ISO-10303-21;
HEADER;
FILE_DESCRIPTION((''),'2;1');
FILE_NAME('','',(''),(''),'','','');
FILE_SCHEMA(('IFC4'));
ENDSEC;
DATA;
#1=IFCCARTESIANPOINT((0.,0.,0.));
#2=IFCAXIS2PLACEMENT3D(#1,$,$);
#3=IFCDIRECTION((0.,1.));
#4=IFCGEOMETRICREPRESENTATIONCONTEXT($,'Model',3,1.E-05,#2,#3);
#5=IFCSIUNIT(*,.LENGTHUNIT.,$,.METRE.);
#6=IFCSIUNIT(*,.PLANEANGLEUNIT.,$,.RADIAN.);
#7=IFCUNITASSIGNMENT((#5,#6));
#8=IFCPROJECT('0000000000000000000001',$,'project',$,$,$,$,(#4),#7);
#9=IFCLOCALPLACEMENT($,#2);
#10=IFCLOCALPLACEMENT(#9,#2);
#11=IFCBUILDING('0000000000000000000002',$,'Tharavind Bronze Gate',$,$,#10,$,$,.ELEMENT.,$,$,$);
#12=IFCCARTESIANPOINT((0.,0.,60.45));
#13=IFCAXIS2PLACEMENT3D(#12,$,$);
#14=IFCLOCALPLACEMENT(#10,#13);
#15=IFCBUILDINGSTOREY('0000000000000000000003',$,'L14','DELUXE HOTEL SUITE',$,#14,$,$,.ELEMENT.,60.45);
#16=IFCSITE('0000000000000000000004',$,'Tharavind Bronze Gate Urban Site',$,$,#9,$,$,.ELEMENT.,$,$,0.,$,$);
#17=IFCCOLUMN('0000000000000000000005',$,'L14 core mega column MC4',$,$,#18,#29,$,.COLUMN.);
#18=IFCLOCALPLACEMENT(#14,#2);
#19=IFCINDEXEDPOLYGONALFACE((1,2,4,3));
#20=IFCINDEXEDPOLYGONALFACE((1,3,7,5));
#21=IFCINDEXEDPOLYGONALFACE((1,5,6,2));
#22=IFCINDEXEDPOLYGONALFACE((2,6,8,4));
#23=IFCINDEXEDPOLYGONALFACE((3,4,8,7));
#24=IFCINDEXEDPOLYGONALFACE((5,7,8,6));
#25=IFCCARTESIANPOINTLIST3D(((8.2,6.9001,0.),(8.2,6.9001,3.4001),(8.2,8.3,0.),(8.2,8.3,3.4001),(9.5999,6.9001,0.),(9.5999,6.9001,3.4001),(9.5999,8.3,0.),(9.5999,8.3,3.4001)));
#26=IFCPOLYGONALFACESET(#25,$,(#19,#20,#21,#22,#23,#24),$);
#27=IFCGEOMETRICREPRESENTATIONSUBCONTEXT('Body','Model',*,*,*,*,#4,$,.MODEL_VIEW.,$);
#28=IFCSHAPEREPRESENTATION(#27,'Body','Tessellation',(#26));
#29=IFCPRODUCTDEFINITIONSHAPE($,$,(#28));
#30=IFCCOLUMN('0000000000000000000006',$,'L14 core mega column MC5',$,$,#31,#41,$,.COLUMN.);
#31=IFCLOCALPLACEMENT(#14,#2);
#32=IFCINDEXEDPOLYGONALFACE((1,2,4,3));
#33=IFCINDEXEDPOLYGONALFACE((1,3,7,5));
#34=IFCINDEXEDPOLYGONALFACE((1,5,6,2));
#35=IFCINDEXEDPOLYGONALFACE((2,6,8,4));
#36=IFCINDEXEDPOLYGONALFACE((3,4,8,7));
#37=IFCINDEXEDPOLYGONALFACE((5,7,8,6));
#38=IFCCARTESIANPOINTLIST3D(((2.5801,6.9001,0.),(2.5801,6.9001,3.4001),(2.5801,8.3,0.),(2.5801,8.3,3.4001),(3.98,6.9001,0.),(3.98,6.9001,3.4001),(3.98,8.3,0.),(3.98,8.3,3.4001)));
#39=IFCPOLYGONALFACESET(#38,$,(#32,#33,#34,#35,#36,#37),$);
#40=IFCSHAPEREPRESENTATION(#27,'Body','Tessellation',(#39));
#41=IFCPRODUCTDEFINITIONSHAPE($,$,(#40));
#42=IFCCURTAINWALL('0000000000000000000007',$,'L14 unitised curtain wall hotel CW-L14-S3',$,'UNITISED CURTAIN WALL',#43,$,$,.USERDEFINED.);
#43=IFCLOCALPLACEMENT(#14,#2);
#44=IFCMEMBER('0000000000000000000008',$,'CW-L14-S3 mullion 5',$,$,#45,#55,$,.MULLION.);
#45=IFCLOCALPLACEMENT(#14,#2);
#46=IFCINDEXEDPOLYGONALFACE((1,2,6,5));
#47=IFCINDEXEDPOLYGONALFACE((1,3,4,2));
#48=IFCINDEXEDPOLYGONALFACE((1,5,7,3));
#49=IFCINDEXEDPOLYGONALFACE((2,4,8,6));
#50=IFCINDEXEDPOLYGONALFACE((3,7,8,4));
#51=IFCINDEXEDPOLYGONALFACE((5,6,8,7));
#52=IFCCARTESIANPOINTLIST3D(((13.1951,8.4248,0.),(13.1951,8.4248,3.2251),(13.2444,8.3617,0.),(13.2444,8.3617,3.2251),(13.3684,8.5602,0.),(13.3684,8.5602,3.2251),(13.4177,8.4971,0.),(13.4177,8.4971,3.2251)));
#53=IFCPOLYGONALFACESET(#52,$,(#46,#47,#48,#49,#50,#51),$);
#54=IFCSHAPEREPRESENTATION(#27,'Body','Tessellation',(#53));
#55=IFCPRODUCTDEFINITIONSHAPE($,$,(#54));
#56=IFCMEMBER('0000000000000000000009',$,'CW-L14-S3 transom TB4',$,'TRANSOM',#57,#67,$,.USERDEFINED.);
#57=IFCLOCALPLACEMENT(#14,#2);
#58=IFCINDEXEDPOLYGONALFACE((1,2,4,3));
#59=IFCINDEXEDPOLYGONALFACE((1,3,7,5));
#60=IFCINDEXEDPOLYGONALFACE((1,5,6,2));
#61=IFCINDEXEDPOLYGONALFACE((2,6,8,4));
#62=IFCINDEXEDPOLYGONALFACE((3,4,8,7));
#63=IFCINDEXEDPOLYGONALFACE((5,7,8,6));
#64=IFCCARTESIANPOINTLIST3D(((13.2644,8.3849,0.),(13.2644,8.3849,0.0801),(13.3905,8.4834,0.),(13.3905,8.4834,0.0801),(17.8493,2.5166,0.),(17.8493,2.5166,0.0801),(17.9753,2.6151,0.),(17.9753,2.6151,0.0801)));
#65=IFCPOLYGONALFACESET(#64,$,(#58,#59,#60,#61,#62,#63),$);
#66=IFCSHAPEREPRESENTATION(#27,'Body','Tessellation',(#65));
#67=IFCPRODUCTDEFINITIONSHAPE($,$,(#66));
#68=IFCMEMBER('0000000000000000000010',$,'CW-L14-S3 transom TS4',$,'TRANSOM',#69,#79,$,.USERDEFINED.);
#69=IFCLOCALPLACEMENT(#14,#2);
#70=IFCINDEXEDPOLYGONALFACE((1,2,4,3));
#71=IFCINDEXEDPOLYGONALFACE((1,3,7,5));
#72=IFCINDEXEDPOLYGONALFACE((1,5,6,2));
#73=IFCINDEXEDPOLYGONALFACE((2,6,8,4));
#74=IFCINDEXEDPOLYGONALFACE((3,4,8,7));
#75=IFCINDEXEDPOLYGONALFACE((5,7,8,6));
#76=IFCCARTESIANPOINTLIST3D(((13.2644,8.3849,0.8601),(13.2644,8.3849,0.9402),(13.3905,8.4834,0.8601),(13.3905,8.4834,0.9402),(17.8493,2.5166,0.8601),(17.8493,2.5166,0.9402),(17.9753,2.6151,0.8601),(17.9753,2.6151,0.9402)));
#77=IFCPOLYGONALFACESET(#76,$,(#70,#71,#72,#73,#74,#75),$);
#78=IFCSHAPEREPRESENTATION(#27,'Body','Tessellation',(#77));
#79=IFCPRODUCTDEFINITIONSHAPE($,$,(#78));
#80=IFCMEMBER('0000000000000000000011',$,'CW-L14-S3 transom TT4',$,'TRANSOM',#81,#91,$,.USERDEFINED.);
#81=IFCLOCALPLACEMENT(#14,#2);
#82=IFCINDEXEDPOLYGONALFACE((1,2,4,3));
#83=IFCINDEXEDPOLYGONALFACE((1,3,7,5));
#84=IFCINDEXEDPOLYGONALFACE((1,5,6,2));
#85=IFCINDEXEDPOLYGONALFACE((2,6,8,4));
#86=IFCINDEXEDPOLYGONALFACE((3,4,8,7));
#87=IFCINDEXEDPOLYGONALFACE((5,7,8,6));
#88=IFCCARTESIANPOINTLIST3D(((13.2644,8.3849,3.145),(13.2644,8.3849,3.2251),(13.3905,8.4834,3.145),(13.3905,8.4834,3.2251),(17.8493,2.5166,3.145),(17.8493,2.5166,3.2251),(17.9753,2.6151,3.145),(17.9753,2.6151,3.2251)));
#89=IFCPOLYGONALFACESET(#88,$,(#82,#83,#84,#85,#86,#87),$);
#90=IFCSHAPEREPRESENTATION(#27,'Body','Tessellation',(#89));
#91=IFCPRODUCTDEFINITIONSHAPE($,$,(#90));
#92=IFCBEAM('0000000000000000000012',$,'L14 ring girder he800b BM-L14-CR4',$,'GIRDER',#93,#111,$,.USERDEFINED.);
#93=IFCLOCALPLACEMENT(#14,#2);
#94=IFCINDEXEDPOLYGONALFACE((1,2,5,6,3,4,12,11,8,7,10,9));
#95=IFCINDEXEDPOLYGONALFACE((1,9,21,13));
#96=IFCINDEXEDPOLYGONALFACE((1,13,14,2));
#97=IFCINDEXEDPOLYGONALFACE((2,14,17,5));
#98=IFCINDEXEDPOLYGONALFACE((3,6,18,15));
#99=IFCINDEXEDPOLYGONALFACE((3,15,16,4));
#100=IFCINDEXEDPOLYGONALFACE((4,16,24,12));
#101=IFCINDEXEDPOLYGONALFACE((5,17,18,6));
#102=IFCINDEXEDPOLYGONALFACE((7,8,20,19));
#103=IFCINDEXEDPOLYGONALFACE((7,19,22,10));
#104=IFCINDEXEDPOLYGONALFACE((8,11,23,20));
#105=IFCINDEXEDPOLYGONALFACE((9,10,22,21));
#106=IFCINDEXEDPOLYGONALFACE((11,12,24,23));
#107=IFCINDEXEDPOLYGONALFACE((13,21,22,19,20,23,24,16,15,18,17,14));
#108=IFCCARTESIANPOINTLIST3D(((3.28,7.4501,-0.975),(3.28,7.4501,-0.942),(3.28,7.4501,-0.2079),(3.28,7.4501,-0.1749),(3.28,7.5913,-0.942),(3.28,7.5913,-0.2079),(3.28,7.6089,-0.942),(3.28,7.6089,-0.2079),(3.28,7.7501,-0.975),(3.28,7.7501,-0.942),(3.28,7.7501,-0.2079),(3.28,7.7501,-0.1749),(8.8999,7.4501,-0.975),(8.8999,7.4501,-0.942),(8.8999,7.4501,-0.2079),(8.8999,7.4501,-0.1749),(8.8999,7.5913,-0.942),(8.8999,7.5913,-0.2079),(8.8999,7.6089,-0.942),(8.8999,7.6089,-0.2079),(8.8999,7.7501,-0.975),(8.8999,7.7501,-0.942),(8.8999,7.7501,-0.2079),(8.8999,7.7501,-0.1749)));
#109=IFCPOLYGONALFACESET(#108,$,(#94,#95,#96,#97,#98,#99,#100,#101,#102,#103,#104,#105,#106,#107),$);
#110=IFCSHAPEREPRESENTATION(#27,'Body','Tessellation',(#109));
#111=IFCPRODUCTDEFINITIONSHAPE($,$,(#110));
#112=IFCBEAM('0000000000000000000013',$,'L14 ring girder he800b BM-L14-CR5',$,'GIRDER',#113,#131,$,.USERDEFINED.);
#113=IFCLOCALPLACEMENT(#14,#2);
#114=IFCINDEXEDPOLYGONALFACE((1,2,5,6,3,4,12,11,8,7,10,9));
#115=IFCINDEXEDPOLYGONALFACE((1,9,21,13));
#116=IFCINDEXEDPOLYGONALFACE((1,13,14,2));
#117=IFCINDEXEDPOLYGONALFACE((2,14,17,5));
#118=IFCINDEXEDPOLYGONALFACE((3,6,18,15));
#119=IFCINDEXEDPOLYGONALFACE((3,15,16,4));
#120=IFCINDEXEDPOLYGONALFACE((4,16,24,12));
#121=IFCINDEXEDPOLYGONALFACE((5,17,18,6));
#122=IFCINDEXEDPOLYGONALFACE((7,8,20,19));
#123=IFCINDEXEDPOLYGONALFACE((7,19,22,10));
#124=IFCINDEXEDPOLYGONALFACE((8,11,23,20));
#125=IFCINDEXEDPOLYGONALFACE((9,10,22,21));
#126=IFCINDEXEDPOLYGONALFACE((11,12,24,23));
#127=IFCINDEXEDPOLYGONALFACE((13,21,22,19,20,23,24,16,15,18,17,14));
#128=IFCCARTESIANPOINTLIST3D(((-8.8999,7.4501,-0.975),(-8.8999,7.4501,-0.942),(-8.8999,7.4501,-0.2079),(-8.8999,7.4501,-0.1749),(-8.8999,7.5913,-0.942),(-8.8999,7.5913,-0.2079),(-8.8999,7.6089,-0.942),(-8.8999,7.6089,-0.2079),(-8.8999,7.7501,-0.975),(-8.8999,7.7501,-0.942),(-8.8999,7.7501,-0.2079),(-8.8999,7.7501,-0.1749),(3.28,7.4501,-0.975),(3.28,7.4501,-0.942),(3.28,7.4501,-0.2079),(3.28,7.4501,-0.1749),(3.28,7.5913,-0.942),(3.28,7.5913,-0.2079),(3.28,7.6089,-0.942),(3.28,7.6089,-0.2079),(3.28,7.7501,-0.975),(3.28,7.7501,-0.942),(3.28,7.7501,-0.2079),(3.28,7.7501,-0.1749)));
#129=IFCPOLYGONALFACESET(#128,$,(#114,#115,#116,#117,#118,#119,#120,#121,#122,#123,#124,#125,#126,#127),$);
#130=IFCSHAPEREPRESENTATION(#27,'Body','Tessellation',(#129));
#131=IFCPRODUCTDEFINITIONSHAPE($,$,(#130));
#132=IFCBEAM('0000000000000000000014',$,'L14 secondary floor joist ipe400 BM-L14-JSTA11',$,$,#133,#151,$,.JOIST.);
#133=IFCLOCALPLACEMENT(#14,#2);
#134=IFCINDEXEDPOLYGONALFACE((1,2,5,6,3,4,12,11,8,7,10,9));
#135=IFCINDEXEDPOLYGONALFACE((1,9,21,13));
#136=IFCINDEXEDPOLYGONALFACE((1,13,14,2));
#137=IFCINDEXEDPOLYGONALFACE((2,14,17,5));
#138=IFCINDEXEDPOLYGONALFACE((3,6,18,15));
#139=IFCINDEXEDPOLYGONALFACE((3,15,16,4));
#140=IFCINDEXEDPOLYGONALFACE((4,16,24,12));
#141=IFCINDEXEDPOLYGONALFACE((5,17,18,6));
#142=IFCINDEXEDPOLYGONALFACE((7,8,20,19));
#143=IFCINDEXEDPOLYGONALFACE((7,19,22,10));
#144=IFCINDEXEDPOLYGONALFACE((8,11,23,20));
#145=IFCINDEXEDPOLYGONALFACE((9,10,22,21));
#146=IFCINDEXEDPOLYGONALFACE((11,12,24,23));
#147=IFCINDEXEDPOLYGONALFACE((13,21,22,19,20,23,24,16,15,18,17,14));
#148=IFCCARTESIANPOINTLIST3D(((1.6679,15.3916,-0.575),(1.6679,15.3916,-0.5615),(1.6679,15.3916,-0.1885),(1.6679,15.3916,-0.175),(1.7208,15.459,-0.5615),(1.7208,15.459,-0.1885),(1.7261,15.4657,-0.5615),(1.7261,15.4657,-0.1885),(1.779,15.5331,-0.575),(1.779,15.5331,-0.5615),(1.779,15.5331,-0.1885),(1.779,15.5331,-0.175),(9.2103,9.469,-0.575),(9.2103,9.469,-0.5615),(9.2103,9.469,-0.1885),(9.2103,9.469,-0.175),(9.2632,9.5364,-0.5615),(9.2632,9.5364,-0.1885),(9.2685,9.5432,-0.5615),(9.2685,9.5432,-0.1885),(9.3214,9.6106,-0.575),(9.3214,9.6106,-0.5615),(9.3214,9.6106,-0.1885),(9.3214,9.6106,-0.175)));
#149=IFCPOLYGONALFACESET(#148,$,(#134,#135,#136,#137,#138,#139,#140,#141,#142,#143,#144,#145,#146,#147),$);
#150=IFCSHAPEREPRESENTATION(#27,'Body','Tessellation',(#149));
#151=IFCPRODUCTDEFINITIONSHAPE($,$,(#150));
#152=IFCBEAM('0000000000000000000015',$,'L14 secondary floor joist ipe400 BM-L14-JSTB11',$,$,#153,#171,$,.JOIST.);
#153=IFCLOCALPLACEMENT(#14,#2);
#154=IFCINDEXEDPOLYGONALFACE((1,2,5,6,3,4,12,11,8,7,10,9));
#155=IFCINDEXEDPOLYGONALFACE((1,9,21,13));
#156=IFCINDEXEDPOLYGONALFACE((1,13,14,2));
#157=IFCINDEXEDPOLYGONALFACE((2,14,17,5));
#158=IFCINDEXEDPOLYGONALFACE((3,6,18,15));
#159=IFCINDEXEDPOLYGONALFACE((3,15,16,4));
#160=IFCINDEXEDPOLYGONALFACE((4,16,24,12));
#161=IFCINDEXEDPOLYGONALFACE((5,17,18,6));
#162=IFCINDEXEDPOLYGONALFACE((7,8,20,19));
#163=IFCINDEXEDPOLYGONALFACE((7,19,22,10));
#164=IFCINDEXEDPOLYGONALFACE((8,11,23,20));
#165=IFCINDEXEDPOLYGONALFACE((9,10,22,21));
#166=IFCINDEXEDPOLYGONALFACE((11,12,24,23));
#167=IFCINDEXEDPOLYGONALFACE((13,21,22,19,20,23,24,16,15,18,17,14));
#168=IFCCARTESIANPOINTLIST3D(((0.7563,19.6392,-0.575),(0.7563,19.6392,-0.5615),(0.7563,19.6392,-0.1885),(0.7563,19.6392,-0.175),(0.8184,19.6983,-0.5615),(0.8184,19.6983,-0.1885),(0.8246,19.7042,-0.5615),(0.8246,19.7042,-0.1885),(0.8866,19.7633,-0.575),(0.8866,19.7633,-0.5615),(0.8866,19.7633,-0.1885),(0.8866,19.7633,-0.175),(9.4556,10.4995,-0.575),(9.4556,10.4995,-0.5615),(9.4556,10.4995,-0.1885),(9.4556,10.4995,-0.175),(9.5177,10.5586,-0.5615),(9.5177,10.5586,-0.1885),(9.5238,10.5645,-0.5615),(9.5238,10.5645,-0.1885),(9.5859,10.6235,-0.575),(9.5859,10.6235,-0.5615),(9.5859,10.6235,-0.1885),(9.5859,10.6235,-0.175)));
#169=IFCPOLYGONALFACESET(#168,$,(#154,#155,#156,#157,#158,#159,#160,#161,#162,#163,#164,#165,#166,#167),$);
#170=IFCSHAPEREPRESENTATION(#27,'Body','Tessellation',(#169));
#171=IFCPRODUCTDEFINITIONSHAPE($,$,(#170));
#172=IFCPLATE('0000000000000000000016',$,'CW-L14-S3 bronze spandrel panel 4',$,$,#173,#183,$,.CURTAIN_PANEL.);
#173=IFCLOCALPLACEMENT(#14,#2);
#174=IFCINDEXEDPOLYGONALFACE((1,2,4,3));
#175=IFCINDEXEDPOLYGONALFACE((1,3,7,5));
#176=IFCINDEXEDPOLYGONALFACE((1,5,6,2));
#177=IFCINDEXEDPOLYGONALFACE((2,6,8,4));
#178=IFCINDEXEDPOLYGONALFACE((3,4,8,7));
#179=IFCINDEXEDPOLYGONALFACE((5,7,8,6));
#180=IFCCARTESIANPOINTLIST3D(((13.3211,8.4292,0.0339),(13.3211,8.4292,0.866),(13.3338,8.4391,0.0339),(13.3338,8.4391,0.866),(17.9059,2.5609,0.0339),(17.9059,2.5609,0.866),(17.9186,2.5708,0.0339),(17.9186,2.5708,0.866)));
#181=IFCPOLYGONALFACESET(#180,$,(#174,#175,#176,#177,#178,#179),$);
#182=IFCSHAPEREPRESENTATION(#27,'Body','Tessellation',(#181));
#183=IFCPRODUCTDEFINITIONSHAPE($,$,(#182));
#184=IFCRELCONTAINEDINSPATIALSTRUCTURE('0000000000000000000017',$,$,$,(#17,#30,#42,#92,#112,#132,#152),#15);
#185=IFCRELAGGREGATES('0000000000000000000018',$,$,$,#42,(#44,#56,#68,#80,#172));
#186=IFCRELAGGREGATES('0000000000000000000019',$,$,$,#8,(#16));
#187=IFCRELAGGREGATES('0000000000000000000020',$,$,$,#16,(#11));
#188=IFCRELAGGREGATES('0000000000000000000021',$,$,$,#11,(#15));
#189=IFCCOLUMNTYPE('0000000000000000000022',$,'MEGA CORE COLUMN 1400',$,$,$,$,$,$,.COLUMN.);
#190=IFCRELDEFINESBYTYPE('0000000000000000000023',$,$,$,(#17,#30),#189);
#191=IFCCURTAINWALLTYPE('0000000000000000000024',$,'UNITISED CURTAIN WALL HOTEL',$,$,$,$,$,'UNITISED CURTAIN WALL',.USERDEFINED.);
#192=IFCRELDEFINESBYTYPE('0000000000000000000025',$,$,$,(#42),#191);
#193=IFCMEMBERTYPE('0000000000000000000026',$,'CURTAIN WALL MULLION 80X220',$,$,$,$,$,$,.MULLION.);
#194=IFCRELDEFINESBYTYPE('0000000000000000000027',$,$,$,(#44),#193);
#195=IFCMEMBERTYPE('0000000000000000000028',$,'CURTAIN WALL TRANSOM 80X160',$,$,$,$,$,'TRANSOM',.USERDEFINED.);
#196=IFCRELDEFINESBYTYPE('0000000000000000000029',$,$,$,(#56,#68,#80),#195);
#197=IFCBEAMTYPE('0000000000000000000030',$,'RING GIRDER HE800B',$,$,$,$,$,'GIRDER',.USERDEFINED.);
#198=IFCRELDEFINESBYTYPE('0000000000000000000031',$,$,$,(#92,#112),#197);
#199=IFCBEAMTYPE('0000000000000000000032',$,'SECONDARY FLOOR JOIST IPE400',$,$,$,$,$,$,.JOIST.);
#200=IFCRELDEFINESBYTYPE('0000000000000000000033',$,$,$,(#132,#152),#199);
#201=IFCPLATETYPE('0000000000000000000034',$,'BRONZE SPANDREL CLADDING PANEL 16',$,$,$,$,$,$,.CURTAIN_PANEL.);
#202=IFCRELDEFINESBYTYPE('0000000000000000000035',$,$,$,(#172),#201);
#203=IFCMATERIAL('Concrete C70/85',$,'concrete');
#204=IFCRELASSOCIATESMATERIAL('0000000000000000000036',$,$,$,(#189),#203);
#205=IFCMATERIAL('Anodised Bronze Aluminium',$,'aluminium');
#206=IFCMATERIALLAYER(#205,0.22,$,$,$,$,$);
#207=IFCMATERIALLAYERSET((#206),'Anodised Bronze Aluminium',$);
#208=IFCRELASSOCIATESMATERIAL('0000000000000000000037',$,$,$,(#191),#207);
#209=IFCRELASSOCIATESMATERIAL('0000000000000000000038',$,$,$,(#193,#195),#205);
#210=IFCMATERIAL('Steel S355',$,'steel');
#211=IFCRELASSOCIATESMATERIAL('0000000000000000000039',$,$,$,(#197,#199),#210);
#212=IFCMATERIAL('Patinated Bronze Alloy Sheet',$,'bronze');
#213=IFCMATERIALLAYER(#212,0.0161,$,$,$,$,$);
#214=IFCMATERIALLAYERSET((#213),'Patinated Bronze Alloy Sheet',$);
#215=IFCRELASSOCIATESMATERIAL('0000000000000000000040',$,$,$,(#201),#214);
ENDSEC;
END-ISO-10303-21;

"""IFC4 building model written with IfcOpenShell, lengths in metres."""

from ifc_helpers import new_model, si_unit, direction, frame, origin, origin_2d, place, context, subcontext, project, spatial, rectangle, i_section, extrude, material, layer, layer_set, material_profile, profile_set, type_object, element, aggregate, save


model = new_model("IFC4")

# Units and contexts
model_context = context("Model", 3, precision=1e-05, world=origin(), true_north=direction((0.0, 1.0)))
body_context = subcontext(model_context, "Body", "Model", "MODEL_VIEW")
ifc_project = project(units=[si_unit("LENGTHUNIT", "METRE"), si_unit("PLANEANGLEUNIT", "RADIAN")], contexts=[model_context])

# Site, building, storey
site_placement = place(None, origin())
site = spatial("IfcSite", under=ifc_project, at=site_placement, Name="Tharavind Bronze Gate Urban Site", CompositionType="ELEMENT", RefElevation=0.0)
building_placement = place(site_placement, origin())
building = spatial("IfcBuilding", under=site, at=building_placement, Name="Tharavind Bronze Gate", CompositionType="ELEMENT")
storey_placement = place(building_placement, frame((0.0, 0.0, 60.45)))
storey = spatial("IfcBuildingStorey", under=building, at=storey_placement, Name="L14", Description="DELUXE HOTEL SUITE", CompositionType="ELEMENT", Elevation=60.45)

# Columns
ifc_material_1 = material(Name="Concrete C70/85", Category="concrete")
ifc_material_profile_1 = material_profile(ifc_material_1, rectangle(XDim=1.3999, YDim=1.3999, at=origin_2d()), Name="RCCOL1400")
ifc_profile_set_1 = profile_set([ifc_material_profile_1], Name="Concrete C70/85")
column_type = type_object("IfcColumnType", Name="MEGA CORE COLUMN 1400", PredefinedType="COLUMN", material=ifc_profile_set_1)
for number, where, z_axis, x_axis, name in (
    (1, (8.8999, 7.6001, 0.0), (0.0, 0.0, 1.0), (1.0, 0.0, 0.0), "L14 core mega column MC4"),
    (2, (3.28, 7.6001, 0.0), (0.0, 0.0, 1.0), (1.0, 0.0, 0.0), "L14 core mega column MC5"),
):
    element("IfcColumn", number, at=place(storey_placement, frame(where, z_axis=z_axis, x_axis=x_axis)), inside=storey, type_object=column_type, Name=name, PredefinedType="COLUMN", context=body_context, shape_type="SweptSolid", body=[
        extrude(rectangle(XDim=1.3999, YDim=1.3999, at=origin_2d()), origin(), (0.0, 0.0, 1.0), 3.4001),
    ])

# Curtain wall, members
ifc_material_2 = material(Name="Anodised Bronze Aluminium", Category="aluminium")
ifc_layer_1 = layer(ifc_material_2, 0.22)
ifc_layer_set_1 = layer_set([ifc_layer_1], Name="Anodised Bronze Aluminium")
curtain_wall_type = type_object("IfcCurtainWallType", Name="UNITISED CURTAIN WALL HOTEL", ElementType="UNITISED CURTAIN WALL", PredefinedType="USERDEFINED", material=ifc_layer_set_1)
curtain_wall_placement = place(storey_placement, origin())
curtain_wall = element("IfcCurtainWall", 3, at=curtain_wall_placement, inside=storey, type_object=curtain_wall_type, Name="L14 unitised curtain wall hotel CW-L14-S3", ObjectType="UNITISED CURTAIN WALL", PredefinedType="USERDEFINED")
member_type_1 = type_object("IfcMemberType", Name="CURTAIN WALL MULLION 80X220", PredefinedType="MULLION", material=ifc_material_2)
member_1_placement = place(storey_placement, frame((13.3064, 8.4609, 0.0), z_axis=(0.0, 0.0, 1.0), x_axis=(-0.615661, 0.788011, 0.0)))
member_1 = element("IfcMember", 4, at=member_1_placement, type_object=member_type_1, Name="CW-L14-S3 mullion 5", PredefinedType="MULLION", context=body_context, shape_type="SweptSolid", body=[
    extrude(rectangle(XDim=0.0801, YDim=0.22, at=origin_2d()), origin(), (0.0, 0.0, 1.0), 3.2251),
])
member_type_2 = type_object("IfcMemberType", Name="CURTAIN WALL TRANSOM 80X160", ElementType="TRANSOM", PredefinedType="USERDEFINED", material=ifc_material_2)
member_2_placement = place(storey_placement, frame((15.6199, 5.5, 0.0), z_axis=(0.0, 0.0, 1.0), x_axis=(-0.615661, 0.788011, 0.0)))
member_2 = element("IfcMember", 5, at=member_2_placement, type_object=member_type_2, Name="CW-L14-S3 transom TB4", ObjectType="TRANSOM", PredefinedType="USERDEFINED", context=body_context, shape_type="SweptSolid", body=[
    extrude(rectangle(XDim=7.447, YDim=0.1599, at=origin_2d()), origin(), (0.0, 0.0, 1.0), 0.0801),
])
member_3_placement = place(storey_placement, frame((15.6199, 5.5, 0.8601), z_axis=(0.0, 0.0, 1.0), x_axis=(-0.615661, 0.788011, 0.0)))
member_3 = element("IfcMember", 6, at=member_3_placement, type_object=member_type_2, Name="CW-L14-S3 transom TS4", ObjectType="TRANSOM", PredefinedType="USERDEFINED", context=body_context, shape_type="SweptSolid", body=[
    extrude(rectangle(XDim=7.447, YDim=0.1599, at=origin_2d()), origin(), (0.0, 0.0, 1.0), 0.0801),
])
member_4_placement = place(storey_placement, frame((15.6199, 5.5, 3.145), z_axis=(0.0, 0.0, 1.0), x_axis=(-0.615661, 0.788011, 0.0)))
member_4 = element("IfcMember", 7, at=member_4_placement, type_object=member_type_2, Name="CW-L14-S3 transom TT4", ObjectType="TRANSOM", PredefinedType="USERDEFINED", context=body_context, shape_type="SweptSolid", body=[
    extrude(rectangle(XDim=7.447, YDim=0.1599, at=origin_2d()), origin(), (0.0, 0.0, 1.0), 0.0801),
])

# Beams
ifc_material_3 = material(Name="Steel S355", Category="steel")
ifc_material_profile_2 = material_profile(ifc_material_3, i_section(OverallWidth=0.3, OverallDepth=0.8, WebThickness=0.0176, FlangeThickness=0.033, at=origin_2d()), Name="HE800B")
ifc_profile_set_2 = profile_set([ifc_material_profile_2], Name="Steel S355")
beam_type_1 = type_object("IfcBeamType", Name="RING GIRDER HE800B", ElementType="GIRDER", PredefinedType="USERDEFINED", material=ifc_profile_set_2)
beam_1_placement = place(storey_placement, frame((8.8999, 7.6001, -0.575), z_axis=(-1.0, 0.0, 0.0), x_axis=(0.0, -1.0, 0.0)))
element("IfcBeam", 8, at=beam_1_placement, inside=storey, type_object=beam_type_1, Name="L14 ring girder he800b BM-L14-CR4", ObjectType="GIRDER", PredefinedType="USERDEFINED", context=body_context, shape_type="SweptSolid", body=[
    extrude(i_section(OverallWidth=0.3, OverallDepth=0.8, WebThickness=0.0176, FlangeThickness=0.033, at=origin_2d()), origin(), (0.0, 0.0, 1.0), 5.6199),
])
beam_2_placement = place(storey_placement, frame((3.28, 7.6001, -0.575), z_axis=(-1.0, 0.0, 0.0), x_axis=(0.0, -1.0, 0.0)))
element("IfcBeam", 9, at=beam_2_placement, inside=storey, type_object=beam_type_1, Name="L14 ring girder he800b BM-L14-CR5", ObjectType="GIRDER", PredefinedType="USERDEFINED", context=body_context, shape_type="SweptSolid", body=[
    extrude(i_section(OverallWidth=0.3, OverallDepth=0.8, WebThickness=0.0176, FlangeThickness=0.033, at=origin_2d()), origin(), (0.0, 0.0, 1.0), 12.1799),
])
ifc_material_profile_3 = material_profile(ifc_material_3, i_section(OverallWidth=0.1799, OverallDepth=0.3999, WebThickness=0.0085, FlangeThickness=0.0134, at=origin_2d()), Name="IPE400")
ifc_profile_set_3 = profile_set([ifc_material_profile_3], Name="Steel S355")
beam_type_2 = type_object("IfcBeamType", Name="SECONDARY FLOOR JOIST IPE400", PredefinedType="JOIST", material=ifc_profile_set_3)
beam_3_placement = place(storey_placement, frame((9.2659, 9.5398, -0.375), z_axis=(-0.786502, 0.617588, 0.0), x_axis=(-0.617588, -0.786502, 0.0)))
element("IfcBeam", 10, at=beam_3_placement, inside=storey, type_object=beam_type_2, Name="L14 secondary floor joist ipe400 BM-L14-JSTA11", PredefinedType="JOIST", context=body_context, shape_type="SweptSolid", body=[
    extrude(i_section(OverallWidth=0.1799, OverallDepth=0.3999, WebThickness=0.0085, FlangeThickness=0.0134, at=origin_2d()), origin(), (0.0, 0.0, 1.0), 9.5898),
])
beam_4_placement = place(storey_placement, frame((9.5208, 10.5615, -0.375), z_axis=(-0.689439, 0.724344, 0.0), x_axis=(-0.724344, -0.689439, 0.0)))
element("IfcBeam", 11, at=beam_4_placement, inside=storey, type_object=beam_type_2, Name="L14 secondary floor joist ipe400 BM-L14-JSTB11", PredefinedType="JOIST", context=body_context, shape_type="SweptSolid", body=[
    extrude(i_section(OverallWidth=0.1799, OverallDepth=0.3999, WebThickness=0.0085, FlangeThickness=0.0134, at=origin_2d()), origin(), (0.0, 0.0, 1.0), 12.6179),
])

# Plate
ifc_material_4 = material(Name="Patinated Bronze Alloy Sheet", Category="bronze")
ifc_layer_2 = layer(ifc_material_4, 0.0161)
ifc_layer_set_2 = layer_set([ifc_layer_2], Name="Patinated Bronze Alloy Sheet")
plate_type_1 = type_object("IfcPlateType", Name="BRONZE SPANDREL CLADDING PANEL 16", PredefinedType="CURTAIN_PANEL", material=ifc_layer_set_2)
plate_1_placement = place(storey_placement, frame((15.6199, 5.5, 0.0339), z_axis=(0.0, 0.0, 1.0), x_axis=(-0.615661, 0.788011, 0.0)))
plate_1 = element("IfcPlate", 12, at=plate_1_placement, type_object=plate_type_1, Name="CW-L14-S3 bronze spandrel panel 4", PredefinedType="CURTAIN_PANEL", context=body_context, shape_type="SweptSolid", body=[
    extrude(rectangle(XDim=7.447, YDim=0.0161, at=origin_2d()), origin(), (0.0, 0.0, 1.0), 0.832),
])
aggregate(curtain_wall, [member_1, member_2, member_3, member_4, plate_1])

save(model, "model.ifc")
